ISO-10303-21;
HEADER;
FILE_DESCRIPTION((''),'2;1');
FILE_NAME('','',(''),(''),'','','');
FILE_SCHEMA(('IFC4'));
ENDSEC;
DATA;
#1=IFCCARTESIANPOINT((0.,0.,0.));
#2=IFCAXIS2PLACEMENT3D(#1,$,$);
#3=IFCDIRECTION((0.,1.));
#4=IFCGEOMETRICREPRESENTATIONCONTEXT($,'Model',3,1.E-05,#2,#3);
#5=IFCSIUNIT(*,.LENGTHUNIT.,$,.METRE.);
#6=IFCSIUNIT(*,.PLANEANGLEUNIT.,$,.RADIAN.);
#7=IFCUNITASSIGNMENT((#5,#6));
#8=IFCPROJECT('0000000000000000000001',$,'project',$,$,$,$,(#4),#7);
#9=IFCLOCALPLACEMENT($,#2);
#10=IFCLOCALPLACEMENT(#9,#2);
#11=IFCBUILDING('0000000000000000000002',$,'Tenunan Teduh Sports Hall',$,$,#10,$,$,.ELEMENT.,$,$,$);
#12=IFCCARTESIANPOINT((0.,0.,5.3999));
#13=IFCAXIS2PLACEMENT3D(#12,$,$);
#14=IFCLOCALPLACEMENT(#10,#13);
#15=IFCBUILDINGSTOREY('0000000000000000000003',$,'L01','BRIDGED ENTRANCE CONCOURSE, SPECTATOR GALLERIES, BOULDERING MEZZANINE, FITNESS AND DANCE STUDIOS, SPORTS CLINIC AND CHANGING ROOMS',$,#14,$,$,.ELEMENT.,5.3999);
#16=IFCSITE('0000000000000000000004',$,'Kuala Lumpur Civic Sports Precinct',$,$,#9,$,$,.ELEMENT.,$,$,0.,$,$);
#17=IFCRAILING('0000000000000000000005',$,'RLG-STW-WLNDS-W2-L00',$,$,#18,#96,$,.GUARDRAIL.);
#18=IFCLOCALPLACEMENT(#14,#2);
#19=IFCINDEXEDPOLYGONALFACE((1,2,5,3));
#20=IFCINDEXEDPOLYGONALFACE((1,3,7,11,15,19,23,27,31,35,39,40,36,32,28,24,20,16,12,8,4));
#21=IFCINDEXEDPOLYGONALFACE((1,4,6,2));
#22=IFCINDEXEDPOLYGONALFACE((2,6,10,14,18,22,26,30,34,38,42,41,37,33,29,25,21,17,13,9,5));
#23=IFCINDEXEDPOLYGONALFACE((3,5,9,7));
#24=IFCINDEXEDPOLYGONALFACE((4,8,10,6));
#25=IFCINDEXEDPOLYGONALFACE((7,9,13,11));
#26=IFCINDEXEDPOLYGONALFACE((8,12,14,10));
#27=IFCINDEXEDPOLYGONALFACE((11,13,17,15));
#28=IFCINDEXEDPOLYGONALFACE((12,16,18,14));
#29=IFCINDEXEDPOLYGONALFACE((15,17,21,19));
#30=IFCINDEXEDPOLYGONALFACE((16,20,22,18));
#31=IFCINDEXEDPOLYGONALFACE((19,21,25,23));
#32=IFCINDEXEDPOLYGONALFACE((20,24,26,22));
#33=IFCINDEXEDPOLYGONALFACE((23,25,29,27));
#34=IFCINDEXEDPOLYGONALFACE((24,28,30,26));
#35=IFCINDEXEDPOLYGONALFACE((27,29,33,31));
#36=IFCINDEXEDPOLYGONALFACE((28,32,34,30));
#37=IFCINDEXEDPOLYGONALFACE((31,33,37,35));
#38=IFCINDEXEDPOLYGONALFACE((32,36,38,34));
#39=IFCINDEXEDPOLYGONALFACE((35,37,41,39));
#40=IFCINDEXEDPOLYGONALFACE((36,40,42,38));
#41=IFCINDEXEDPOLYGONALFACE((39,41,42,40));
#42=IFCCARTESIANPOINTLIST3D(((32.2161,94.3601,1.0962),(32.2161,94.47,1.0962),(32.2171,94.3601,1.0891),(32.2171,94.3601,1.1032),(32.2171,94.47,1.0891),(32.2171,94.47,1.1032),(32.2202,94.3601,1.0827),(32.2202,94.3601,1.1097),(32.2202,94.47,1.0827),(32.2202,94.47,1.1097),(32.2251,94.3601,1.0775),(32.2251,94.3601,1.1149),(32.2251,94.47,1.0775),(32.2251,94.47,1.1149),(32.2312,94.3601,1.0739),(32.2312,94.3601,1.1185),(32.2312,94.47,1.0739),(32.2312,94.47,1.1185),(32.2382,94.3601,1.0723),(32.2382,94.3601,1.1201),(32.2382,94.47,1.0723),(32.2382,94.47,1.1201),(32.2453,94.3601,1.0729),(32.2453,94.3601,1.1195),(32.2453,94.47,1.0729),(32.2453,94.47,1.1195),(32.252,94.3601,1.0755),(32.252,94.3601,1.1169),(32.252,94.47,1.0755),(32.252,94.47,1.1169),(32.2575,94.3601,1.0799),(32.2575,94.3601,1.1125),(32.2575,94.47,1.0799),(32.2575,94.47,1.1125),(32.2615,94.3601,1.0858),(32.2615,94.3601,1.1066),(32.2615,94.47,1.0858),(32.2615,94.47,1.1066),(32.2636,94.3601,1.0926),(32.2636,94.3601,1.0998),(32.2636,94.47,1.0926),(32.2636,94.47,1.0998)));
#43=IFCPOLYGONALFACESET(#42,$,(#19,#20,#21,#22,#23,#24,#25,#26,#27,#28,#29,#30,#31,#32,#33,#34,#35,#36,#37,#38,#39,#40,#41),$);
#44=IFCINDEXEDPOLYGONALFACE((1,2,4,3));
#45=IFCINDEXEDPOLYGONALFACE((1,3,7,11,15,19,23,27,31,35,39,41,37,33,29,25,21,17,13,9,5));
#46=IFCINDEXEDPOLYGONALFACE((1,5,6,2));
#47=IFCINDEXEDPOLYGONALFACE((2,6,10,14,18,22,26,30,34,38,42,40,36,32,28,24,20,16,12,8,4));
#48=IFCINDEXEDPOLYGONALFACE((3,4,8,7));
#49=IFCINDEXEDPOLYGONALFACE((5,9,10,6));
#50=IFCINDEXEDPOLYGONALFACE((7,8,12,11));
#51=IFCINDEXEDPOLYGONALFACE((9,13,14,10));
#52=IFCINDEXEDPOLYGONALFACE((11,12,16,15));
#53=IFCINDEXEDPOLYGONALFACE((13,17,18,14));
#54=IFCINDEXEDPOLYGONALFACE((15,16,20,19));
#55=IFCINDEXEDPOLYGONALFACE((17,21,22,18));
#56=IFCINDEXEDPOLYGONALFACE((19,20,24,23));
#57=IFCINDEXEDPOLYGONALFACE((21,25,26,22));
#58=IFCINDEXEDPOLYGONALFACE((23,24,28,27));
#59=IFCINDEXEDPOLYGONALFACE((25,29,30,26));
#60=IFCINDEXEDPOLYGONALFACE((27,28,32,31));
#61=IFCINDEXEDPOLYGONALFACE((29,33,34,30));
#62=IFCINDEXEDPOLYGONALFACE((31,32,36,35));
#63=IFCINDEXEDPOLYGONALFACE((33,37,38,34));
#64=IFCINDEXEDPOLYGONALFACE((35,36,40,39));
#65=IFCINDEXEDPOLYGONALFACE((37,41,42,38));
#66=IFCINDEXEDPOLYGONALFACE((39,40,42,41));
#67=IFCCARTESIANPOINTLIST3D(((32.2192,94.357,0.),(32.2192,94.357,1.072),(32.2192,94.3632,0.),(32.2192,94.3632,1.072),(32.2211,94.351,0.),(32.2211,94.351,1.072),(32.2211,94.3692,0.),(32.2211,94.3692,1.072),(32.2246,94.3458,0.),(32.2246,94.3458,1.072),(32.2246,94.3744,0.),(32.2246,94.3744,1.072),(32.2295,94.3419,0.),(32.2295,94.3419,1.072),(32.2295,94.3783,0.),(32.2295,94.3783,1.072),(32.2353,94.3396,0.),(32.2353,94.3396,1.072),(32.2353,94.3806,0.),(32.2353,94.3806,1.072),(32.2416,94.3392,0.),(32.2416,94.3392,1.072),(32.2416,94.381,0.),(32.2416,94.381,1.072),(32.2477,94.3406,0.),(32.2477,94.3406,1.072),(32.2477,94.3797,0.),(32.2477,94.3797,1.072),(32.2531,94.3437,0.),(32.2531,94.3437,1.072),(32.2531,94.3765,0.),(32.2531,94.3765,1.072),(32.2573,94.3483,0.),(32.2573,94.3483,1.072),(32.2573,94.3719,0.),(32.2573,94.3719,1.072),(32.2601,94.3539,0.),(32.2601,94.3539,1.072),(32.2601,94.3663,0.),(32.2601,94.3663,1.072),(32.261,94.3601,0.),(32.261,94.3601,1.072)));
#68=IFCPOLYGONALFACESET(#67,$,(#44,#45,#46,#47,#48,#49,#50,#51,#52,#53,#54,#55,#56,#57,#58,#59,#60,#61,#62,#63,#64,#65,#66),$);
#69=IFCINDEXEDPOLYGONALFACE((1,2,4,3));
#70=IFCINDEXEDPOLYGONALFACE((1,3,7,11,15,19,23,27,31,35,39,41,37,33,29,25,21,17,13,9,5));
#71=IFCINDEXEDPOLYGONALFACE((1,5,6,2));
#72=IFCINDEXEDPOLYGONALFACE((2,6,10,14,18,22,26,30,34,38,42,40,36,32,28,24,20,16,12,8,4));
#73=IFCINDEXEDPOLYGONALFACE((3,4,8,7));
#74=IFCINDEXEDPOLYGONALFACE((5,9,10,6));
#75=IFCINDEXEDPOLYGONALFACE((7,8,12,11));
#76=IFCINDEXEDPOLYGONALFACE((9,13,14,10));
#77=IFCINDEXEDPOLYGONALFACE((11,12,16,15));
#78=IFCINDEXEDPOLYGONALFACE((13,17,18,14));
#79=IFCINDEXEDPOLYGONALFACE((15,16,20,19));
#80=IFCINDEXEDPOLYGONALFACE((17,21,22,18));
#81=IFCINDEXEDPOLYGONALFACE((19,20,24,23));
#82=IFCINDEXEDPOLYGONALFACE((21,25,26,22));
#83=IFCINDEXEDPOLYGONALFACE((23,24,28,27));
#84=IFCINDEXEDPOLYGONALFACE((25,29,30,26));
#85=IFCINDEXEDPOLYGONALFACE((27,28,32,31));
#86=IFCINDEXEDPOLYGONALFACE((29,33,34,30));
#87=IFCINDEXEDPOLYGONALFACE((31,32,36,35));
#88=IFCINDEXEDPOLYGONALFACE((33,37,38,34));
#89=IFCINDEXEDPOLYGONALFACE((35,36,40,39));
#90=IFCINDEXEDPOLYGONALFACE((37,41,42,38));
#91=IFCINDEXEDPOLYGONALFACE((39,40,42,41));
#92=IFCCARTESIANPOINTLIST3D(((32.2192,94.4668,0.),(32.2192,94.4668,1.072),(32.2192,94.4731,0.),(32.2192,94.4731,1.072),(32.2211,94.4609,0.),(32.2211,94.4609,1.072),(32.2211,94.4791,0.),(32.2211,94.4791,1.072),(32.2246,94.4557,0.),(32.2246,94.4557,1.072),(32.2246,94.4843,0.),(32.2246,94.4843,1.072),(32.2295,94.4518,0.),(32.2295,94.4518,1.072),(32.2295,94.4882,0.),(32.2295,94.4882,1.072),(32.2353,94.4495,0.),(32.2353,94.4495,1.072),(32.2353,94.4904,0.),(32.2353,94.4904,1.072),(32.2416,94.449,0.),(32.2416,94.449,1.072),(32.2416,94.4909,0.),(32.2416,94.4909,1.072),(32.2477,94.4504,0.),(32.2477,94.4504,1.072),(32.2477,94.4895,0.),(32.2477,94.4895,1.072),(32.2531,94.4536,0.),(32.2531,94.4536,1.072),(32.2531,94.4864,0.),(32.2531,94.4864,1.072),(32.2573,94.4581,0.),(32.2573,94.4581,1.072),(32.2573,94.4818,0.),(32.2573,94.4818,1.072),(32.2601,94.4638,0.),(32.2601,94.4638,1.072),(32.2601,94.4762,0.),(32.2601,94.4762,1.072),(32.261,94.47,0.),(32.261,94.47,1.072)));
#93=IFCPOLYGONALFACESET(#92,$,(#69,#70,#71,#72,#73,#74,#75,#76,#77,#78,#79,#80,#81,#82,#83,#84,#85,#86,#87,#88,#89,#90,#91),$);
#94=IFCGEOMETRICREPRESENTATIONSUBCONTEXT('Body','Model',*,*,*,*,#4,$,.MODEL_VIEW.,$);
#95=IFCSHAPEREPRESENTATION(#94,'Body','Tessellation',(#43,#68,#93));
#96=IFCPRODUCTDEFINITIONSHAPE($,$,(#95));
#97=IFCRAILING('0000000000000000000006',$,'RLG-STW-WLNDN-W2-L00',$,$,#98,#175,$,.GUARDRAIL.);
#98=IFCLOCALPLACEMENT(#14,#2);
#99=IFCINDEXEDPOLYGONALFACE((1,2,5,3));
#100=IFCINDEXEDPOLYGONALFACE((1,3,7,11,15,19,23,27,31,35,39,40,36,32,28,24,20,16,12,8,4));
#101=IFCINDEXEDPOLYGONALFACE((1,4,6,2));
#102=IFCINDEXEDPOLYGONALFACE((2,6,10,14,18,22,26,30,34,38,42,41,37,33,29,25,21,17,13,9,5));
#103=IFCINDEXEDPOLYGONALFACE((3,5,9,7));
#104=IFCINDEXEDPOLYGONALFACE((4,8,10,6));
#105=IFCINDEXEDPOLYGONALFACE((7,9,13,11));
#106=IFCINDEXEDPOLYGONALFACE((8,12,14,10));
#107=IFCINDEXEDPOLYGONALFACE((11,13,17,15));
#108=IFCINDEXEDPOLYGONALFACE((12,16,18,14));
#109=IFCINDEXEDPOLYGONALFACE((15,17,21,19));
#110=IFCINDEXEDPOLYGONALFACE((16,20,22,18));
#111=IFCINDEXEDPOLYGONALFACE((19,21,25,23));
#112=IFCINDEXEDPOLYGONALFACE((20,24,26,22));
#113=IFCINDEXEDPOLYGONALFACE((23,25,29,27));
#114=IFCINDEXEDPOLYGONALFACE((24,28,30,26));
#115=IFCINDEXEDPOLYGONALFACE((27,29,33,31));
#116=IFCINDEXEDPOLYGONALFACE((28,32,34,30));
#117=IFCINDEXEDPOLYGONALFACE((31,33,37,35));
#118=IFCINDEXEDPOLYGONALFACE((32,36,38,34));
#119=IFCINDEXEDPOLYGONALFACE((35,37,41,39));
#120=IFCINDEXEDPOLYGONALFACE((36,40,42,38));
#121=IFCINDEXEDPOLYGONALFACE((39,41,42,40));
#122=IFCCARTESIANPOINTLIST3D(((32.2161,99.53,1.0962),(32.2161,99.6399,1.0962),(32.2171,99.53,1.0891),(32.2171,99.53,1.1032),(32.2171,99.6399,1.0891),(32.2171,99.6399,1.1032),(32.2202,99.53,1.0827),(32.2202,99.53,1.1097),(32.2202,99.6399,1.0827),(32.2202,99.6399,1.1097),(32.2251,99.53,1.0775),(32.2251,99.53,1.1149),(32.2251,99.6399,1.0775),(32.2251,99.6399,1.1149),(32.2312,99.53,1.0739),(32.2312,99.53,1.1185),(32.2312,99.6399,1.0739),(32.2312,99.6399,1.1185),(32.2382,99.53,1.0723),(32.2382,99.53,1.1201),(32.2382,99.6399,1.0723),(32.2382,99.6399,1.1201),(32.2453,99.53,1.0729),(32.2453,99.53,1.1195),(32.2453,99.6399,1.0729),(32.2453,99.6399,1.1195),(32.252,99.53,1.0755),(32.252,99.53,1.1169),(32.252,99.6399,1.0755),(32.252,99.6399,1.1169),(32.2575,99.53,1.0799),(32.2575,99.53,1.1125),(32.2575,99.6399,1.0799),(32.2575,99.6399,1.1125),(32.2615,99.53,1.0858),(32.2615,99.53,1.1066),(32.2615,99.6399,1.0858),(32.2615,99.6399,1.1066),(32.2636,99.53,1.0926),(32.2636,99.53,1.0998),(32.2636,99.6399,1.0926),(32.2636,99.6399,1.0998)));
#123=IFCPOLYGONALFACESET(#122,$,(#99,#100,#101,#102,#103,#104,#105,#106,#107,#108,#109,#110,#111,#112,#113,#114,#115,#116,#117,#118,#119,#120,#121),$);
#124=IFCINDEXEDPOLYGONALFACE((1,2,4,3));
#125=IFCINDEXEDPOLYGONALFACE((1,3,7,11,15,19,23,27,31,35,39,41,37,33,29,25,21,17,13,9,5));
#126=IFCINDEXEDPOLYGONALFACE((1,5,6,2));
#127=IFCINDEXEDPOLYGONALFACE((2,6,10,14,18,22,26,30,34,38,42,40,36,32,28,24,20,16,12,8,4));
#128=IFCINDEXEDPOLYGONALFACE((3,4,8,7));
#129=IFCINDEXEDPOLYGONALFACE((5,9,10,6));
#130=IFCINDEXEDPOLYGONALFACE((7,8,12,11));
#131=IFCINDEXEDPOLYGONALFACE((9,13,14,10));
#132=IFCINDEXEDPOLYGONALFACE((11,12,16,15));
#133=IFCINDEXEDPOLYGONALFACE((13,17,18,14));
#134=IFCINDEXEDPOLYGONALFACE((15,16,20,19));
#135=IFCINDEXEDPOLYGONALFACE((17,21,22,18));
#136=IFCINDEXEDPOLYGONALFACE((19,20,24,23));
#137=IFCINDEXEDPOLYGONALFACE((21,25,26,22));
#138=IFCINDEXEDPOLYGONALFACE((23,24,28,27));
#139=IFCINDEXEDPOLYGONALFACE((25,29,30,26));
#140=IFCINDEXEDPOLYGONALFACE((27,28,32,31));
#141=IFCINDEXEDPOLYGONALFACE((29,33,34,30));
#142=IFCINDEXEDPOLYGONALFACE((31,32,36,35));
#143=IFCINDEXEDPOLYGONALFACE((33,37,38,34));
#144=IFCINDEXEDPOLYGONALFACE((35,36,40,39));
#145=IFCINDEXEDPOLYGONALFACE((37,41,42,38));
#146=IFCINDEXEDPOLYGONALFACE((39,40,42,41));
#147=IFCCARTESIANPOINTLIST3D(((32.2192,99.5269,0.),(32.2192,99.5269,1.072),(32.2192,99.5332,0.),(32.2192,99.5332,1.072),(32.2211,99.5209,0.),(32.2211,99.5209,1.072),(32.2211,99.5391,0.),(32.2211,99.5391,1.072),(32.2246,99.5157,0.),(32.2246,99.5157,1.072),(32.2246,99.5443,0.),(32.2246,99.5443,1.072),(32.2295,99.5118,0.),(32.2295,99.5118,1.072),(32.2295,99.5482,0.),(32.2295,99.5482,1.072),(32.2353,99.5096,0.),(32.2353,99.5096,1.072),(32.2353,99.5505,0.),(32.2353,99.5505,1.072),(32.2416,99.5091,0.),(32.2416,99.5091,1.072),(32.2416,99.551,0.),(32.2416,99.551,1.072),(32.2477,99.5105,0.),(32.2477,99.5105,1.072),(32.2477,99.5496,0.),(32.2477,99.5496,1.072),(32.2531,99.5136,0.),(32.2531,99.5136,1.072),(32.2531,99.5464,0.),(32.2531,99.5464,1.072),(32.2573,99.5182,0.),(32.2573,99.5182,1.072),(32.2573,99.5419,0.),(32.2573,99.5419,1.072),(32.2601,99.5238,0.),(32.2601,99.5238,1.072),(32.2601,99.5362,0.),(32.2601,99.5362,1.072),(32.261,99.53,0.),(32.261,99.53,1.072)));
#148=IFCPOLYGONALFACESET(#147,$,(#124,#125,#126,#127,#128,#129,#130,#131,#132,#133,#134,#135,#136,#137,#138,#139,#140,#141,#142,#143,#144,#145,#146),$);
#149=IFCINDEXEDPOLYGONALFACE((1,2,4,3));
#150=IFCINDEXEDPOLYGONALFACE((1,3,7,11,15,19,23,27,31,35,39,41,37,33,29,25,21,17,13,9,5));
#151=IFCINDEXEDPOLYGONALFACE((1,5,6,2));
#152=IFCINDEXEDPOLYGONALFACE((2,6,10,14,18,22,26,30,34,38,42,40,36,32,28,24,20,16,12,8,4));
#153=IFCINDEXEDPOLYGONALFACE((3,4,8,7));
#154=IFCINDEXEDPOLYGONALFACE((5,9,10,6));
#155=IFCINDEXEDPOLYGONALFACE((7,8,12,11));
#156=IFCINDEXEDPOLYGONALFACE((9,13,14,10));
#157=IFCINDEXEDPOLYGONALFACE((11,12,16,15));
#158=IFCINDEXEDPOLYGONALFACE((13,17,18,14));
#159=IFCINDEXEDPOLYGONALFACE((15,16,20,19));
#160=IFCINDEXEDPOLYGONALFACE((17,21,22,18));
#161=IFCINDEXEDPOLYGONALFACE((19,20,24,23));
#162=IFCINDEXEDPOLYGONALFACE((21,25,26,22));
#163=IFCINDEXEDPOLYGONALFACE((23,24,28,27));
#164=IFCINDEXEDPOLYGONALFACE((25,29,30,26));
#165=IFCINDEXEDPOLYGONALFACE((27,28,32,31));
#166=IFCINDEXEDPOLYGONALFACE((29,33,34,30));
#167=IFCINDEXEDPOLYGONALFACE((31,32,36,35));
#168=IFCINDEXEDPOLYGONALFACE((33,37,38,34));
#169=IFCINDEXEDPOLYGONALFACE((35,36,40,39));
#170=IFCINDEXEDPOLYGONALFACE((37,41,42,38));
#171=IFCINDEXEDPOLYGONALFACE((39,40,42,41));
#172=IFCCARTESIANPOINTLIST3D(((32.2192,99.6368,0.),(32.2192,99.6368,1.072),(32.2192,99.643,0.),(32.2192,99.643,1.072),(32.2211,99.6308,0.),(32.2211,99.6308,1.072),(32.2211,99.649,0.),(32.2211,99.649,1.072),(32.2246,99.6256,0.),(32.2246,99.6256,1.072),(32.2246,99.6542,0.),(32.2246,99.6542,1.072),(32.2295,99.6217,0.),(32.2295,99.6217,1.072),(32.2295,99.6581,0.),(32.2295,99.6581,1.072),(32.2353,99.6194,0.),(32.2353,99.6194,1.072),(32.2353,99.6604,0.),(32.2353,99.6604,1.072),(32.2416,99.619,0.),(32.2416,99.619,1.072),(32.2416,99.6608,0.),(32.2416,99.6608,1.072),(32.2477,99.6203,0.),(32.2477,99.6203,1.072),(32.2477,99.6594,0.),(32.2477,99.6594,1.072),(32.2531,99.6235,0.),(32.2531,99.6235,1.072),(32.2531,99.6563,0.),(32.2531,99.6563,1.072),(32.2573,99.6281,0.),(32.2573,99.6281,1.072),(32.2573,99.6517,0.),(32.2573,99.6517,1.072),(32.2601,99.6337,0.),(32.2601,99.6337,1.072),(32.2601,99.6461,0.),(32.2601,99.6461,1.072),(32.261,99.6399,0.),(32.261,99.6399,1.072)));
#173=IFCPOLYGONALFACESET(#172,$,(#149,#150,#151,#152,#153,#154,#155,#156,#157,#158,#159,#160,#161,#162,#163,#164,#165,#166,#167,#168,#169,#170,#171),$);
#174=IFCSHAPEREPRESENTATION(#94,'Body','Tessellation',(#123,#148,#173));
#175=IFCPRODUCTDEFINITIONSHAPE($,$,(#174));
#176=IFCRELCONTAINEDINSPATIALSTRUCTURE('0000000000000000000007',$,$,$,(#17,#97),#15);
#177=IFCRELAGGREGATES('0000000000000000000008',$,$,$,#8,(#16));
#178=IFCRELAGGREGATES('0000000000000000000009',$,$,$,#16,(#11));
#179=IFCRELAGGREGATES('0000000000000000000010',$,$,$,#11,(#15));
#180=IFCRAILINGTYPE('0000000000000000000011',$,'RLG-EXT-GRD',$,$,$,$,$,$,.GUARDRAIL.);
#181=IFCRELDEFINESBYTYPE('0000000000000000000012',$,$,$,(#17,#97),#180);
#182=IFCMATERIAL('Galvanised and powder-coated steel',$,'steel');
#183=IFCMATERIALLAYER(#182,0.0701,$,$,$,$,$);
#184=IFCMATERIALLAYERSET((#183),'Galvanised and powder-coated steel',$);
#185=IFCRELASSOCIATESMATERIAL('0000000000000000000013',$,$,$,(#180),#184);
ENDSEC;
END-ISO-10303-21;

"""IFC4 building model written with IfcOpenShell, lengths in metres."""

from ifc_helpers import new_model, si_unit, direction, frame, origin, origin_2d, place, context, subcontext, project, spatial, circle, extrude, material, layer, layer_set, type_object, element, save


model = new_model("IFC4")

# Units and contexts
model_context = context("Model", 3, precision=1e-05, world=origin(), true_north=direction((0.0, 1.0)))
body_context = subcontext(model_context, "Body", "Model", "MODEL_VIEW")
ifc_project = project(units=[si_unit("LENGTHUNIT", "METRE"), si_unit("PLANEANGLEUNIT", "RADIAN")], contexts=[model_context])

# Site, building, storey
site_placement = place(None, origin())
site = spatial("IfcSite", under=ifc_project, at=site_placement, Name="Kuala Lumpur Civic Sports Precinct", CompositionType="ELEMENT", RefElevation=0.0)
building_placement = place(site_placement, origin())
building = spatial("IfcBuilding", under=site, at=building_placement, Name="Tenunan Teduh Sports Hall", CompositionType="ELEMENT")
storey_placement = place(building_placement, frame((0.0, 0.0, 5.3999)))
storey = spatial("IfcBuildingStorey", under=building, at=storey_placement, Name="L01", Description="BRIDGED ENTRANCE CONCOURSE, SPECTATOR GALLERIES, BOULDERING MEZZANINE, FITNESS AND DANCE STUDIOS, SPORTS CLINIC AND CHANGING ROOMS", CompositionType="ELEMENT", Elevation=5.3999)

# Railings
ifc_material_1 = material(Name="Galvanised and powder-coated steel", Category="steel")
ifc_layer_1 = layer(ifc_material_1, 0.0701)
ifc_layer_set_1 = layer_set([ifc_layer_1], Name="Galvanised and powder-coated steel")
railing_type_1 = type_object("IfcRailingType", Name="RLG-EXT-GRD", PredefinedType="GUARDRAIL", material=ifc_layer_set_1)
for number, where, name in (
    (1, (32.24, 94.3601, 0.0), "RLG-STW-WLNDS-W2-L00"),
    (2, (32.24, 99.53, 0.0), "RLG-STW-WLNDN-W2-L00"),
):
    element("IfcRailing", number, at=place(storey_placement, frame(where)), inside=storey, type_object=railing_type_1, Name=name, PredefinedType="GUARDRAIL", context=body_context, shape_type="SweptSolid", body=[
        extrude(circle(Radius=0.0239, at=origin_2d()), frame((0.0, 0.0, 1.0962), z_axis=(0.0, 1.0, 0.0), x_axis=(-1.0, 0.0, 0.0)), (0.0, 0.0, 1.0), 0.1099),
        extrude(circle(Radius=0.021, at=origin_2d()), origin(), (0.0, 0.0, 1.0), 1.072),
        extrude(circle(Radius=0.021, at=origin_2d()), frame((0.0, 0.1099, 0.0)), (0.0, 0.0, 1.0), 1.072),
    ])

save(model, "model.ifc")
